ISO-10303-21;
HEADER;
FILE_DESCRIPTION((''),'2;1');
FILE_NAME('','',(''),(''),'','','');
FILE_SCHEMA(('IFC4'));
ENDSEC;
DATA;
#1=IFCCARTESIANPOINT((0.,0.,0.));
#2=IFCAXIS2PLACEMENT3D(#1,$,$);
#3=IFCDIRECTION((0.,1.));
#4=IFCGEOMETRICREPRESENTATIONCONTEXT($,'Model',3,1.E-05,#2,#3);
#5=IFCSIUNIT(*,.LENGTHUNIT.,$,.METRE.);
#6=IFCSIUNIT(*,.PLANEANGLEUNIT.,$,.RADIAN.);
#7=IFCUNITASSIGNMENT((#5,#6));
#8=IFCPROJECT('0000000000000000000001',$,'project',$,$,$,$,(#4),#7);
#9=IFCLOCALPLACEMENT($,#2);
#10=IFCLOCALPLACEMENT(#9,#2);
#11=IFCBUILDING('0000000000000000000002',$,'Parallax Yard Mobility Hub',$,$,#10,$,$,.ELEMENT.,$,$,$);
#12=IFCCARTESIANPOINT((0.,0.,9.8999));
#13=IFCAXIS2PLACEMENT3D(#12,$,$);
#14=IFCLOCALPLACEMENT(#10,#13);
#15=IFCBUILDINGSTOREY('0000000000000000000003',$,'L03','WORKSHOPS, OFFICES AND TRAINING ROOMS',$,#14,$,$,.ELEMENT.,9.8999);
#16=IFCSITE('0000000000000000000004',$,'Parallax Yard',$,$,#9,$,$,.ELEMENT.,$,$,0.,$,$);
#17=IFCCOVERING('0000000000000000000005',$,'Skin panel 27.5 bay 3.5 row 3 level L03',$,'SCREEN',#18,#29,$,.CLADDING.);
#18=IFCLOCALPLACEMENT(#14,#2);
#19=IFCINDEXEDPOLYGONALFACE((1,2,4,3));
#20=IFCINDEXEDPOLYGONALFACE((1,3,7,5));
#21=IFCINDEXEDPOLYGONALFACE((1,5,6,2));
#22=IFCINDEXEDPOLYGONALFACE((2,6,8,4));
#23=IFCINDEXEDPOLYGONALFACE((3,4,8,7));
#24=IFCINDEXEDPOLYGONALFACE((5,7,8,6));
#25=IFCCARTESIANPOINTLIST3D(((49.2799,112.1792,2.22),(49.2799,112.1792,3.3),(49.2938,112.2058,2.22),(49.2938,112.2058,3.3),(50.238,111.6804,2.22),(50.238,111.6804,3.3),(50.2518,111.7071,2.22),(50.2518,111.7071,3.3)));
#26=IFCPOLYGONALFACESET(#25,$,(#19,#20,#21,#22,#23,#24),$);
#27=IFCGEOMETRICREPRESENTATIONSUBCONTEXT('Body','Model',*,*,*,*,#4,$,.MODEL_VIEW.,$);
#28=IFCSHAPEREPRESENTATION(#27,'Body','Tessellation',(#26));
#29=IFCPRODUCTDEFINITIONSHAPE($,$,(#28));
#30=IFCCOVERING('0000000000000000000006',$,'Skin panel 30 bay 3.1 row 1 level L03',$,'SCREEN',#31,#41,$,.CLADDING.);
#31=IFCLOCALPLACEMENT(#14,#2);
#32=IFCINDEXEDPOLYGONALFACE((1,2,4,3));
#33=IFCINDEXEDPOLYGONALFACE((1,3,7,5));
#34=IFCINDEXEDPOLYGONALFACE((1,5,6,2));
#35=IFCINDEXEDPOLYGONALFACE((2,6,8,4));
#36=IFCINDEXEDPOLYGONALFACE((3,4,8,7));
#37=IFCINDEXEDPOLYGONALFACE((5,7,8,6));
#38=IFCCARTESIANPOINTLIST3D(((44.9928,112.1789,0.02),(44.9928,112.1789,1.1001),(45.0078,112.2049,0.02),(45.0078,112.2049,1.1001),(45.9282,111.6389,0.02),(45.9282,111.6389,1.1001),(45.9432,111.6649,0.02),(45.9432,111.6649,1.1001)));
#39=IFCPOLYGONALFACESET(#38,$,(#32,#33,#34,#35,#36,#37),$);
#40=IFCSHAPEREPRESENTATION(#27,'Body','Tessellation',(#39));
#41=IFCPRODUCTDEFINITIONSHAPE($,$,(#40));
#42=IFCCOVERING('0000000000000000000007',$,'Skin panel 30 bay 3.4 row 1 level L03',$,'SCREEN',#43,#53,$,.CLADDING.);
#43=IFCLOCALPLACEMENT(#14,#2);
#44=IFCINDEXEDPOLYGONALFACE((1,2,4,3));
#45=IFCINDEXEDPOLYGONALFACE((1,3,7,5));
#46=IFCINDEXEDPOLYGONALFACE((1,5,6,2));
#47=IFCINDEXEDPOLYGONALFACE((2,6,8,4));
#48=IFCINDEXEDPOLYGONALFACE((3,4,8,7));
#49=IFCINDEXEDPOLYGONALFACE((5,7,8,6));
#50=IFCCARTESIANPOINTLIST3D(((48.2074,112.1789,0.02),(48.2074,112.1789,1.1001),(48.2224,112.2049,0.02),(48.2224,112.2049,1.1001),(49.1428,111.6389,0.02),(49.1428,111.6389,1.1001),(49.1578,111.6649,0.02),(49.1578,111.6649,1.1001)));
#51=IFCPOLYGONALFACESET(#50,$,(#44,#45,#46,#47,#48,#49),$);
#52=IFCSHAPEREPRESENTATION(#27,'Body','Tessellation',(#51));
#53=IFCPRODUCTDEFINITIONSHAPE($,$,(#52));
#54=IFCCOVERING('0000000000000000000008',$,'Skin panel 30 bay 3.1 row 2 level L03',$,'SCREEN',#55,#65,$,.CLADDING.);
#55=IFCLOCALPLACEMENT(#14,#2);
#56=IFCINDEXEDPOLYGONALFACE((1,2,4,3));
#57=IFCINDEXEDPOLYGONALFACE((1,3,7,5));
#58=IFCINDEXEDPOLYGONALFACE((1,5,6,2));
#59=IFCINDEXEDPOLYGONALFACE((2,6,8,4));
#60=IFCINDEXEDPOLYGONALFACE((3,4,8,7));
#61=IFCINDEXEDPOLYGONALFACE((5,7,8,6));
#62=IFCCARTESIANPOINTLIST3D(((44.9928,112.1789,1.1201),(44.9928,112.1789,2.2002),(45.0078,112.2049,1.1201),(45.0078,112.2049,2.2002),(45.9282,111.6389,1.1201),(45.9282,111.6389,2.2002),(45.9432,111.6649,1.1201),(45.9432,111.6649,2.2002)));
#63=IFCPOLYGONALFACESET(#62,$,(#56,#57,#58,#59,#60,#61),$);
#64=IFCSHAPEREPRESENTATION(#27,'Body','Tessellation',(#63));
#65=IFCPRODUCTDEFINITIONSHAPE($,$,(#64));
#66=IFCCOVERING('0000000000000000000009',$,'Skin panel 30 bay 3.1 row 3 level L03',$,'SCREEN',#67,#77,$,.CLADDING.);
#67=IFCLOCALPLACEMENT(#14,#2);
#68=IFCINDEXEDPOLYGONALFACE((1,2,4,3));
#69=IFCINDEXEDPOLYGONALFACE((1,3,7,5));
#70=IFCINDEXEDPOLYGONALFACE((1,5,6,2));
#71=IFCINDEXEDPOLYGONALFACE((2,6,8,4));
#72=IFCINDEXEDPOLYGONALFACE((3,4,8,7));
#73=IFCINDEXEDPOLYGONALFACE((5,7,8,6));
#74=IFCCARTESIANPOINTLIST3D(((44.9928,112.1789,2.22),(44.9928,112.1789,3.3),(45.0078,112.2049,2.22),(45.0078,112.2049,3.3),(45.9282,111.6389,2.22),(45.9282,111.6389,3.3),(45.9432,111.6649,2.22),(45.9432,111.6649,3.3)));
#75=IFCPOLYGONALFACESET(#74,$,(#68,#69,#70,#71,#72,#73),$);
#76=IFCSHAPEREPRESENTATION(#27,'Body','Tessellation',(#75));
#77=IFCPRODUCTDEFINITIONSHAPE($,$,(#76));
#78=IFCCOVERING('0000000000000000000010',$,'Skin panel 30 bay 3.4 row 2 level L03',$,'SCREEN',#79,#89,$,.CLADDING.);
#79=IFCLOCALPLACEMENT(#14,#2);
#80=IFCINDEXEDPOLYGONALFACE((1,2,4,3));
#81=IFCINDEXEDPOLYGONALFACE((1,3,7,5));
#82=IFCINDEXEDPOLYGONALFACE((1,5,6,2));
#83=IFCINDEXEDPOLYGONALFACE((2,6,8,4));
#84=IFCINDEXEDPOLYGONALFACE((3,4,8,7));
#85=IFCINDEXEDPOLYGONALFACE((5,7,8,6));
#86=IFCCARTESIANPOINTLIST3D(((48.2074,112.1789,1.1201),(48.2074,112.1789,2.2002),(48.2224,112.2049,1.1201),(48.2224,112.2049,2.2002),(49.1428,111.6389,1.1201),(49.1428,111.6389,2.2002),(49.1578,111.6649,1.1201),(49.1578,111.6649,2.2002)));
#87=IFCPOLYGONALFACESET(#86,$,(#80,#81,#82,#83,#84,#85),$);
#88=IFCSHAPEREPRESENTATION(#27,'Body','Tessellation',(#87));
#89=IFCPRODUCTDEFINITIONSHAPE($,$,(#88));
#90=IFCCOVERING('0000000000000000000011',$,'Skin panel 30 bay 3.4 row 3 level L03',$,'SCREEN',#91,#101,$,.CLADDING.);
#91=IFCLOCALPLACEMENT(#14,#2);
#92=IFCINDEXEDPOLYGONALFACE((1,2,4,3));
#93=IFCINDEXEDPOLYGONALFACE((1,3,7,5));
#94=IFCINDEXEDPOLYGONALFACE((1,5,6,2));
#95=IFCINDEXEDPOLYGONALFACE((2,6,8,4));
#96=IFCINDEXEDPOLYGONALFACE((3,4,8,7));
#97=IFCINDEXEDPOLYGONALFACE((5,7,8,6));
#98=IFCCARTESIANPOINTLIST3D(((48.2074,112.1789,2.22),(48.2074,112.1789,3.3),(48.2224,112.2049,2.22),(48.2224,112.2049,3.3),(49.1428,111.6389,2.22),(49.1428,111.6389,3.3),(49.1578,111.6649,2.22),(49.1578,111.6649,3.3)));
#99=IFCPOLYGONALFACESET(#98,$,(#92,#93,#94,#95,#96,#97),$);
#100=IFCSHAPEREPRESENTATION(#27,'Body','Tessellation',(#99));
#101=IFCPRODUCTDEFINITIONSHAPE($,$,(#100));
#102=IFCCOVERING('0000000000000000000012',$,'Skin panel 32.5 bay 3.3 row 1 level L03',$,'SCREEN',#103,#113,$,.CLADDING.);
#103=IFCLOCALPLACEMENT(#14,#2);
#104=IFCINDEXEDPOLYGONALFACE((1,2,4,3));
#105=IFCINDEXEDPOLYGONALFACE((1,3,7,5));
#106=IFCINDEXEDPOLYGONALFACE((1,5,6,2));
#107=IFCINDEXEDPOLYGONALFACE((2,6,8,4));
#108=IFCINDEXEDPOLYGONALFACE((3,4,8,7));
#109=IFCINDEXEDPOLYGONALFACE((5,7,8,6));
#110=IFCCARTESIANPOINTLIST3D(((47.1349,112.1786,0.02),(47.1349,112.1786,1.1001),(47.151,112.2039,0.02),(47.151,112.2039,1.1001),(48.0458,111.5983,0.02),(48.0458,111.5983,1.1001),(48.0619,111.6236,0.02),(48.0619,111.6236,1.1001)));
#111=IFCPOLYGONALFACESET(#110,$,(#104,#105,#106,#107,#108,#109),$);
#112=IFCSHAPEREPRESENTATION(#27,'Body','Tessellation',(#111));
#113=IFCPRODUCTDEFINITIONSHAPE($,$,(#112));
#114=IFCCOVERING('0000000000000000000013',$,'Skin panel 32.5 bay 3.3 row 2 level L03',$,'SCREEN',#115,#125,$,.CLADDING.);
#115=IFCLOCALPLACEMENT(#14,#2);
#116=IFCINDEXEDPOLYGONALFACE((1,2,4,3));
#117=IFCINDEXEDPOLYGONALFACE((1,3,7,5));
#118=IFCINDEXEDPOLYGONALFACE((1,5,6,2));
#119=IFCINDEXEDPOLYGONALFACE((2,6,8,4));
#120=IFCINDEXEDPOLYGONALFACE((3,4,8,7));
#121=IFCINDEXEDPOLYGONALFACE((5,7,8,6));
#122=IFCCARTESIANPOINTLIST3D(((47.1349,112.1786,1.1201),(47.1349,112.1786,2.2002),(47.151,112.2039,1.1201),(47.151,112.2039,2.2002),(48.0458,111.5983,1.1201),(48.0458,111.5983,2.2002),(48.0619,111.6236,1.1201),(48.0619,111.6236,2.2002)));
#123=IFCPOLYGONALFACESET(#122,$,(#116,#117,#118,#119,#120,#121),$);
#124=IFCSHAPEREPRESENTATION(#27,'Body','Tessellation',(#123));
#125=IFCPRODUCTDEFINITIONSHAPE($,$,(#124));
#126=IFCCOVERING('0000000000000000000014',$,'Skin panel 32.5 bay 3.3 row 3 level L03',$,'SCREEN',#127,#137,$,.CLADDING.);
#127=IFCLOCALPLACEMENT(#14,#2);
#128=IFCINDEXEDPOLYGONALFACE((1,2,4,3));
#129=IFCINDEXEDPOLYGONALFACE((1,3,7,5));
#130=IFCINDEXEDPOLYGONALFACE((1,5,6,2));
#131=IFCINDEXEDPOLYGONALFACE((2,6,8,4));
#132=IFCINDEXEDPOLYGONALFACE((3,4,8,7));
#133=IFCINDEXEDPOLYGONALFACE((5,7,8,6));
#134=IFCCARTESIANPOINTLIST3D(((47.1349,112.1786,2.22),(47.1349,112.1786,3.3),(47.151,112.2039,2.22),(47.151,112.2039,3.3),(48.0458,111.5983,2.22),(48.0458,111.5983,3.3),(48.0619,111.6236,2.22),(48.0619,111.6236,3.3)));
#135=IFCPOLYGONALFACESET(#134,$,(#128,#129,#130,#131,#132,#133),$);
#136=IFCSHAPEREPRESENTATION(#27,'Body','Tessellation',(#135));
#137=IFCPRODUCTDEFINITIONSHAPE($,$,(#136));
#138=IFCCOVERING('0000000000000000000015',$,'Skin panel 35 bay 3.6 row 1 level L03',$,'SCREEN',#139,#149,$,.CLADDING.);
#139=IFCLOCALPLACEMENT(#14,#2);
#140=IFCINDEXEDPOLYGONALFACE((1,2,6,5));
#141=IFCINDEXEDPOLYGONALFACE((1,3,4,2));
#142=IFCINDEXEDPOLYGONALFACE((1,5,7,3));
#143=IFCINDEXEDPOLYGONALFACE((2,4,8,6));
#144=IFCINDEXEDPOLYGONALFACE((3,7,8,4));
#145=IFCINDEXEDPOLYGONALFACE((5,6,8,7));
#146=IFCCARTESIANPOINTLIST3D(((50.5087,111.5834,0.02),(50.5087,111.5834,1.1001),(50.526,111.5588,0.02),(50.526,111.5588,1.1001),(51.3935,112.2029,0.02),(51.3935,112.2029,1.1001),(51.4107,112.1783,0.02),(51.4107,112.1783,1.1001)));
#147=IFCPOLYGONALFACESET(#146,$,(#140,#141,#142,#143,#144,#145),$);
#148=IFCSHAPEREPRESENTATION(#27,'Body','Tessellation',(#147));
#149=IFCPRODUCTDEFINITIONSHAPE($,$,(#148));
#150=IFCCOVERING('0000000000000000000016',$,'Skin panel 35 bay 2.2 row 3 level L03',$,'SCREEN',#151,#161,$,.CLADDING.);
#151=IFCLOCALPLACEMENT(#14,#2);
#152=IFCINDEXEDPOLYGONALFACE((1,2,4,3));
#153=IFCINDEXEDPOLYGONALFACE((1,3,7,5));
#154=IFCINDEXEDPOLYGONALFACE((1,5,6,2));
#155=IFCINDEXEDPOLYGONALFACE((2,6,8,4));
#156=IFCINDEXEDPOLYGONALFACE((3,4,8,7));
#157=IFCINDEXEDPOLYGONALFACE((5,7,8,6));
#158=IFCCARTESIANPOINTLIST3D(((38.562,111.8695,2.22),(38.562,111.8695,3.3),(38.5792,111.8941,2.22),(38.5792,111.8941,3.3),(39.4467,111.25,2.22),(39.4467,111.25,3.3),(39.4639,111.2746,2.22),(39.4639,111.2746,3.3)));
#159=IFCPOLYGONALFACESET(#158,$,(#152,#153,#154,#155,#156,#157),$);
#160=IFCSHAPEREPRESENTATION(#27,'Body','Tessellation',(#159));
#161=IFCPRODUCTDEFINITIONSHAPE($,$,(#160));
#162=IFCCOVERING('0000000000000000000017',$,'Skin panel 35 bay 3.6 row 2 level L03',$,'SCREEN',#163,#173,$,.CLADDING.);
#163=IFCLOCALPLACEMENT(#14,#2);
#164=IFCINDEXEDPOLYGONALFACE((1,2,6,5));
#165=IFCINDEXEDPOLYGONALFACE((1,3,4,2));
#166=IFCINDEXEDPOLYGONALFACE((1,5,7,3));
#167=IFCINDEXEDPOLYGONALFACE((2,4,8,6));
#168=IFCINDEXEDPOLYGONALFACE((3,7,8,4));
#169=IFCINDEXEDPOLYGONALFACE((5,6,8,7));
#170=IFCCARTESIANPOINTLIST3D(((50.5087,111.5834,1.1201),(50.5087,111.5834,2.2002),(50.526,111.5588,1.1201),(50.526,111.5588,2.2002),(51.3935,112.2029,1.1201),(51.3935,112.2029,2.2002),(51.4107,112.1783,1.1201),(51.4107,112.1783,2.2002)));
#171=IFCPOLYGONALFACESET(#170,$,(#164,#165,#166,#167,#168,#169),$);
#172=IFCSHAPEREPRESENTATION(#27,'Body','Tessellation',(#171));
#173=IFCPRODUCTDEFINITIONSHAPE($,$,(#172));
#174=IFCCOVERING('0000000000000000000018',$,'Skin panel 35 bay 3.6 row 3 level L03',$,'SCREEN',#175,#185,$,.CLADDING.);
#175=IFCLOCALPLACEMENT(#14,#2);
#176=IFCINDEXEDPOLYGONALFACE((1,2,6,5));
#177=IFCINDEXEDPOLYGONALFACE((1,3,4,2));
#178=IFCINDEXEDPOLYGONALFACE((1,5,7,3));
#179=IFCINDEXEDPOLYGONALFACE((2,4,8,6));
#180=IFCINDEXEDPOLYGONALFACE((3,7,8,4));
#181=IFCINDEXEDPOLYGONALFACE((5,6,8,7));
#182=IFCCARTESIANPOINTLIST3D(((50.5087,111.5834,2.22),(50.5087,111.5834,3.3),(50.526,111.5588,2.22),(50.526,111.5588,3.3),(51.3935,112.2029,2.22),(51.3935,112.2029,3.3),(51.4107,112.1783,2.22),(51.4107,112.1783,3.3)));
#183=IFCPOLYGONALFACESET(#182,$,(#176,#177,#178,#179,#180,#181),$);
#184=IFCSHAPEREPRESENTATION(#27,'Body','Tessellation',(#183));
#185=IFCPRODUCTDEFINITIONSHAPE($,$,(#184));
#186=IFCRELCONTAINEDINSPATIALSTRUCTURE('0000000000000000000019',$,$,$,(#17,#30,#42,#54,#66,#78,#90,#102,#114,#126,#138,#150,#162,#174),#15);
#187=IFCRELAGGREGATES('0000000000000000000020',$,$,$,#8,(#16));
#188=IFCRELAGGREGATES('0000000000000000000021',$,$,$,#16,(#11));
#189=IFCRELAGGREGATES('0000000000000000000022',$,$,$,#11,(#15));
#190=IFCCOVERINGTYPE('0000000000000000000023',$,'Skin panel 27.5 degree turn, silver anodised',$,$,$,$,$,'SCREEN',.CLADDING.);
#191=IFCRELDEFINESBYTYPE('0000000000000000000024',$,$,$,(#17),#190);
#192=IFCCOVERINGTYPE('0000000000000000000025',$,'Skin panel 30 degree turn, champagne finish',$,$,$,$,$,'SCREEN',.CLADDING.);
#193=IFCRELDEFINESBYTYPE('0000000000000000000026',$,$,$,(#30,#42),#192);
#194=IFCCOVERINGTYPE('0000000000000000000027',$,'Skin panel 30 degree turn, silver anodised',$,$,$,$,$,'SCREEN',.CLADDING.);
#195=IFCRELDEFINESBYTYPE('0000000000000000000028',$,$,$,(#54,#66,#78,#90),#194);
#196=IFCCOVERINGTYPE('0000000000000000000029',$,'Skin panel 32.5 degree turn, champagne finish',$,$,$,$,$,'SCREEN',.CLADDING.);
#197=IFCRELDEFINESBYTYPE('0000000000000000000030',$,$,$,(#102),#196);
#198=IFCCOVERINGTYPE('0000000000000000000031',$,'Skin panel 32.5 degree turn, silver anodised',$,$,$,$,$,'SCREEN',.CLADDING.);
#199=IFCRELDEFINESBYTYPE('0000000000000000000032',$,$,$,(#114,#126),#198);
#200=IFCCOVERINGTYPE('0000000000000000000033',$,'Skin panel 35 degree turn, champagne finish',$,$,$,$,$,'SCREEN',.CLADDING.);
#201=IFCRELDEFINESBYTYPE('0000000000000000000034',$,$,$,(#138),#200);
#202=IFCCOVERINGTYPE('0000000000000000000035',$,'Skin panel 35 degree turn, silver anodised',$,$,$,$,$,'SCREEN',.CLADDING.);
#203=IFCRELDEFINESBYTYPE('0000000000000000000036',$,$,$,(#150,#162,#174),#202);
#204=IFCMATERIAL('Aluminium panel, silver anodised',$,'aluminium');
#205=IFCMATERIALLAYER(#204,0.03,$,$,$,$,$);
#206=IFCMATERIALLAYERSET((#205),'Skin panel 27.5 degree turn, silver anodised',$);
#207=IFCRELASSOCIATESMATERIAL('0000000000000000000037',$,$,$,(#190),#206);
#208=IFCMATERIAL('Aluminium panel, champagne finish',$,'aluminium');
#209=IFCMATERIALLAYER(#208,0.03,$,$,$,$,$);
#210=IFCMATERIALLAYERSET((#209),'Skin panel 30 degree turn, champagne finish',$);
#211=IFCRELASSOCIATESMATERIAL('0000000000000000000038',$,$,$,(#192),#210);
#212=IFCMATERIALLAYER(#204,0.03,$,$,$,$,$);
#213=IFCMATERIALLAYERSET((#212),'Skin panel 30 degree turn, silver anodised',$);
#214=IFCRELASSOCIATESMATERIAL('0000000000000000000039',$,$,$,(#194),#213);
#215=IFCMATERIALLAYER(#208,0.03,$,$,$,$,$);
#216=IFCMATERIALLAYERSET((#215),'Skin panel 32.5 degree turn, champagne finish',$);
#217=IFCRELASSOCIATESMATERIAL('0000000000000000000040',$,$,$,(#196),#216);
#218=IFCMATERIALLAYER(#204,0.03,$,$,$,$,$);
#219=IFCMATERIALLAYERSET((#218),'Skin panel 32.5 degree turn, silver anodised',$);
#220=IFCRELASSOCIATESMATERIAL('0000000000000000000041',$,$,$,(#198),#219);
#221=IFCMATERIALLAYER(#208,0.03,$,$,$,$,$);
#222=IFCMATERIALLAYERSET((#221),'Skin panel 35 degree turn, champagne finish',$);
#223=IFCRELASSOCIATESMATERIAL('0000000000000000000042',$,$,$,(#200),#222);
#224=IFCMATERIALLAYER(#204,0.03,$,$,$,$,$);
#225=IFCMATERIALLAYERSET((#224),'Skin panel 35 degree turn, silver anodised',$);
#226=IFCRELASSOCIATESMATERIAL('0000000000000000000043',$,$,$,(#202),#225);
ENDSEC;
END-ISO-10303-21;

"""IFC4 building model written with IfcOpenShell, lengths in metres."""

from ifc_helpers import new_model, si_unit, direction, frame, origin, origin_2d, place, context, subcontext, project, spatial, rectangle, extrude, material, layer, layer_set, type_object, element, save


model = new_model("IFC4")

# Units and contexts
model_context = context("Model", 3, precision=1e-05, world=origin(), true_north=direction((0.0, 1.0)))
body_context = subcontext(model_context, "Body", "Model", "MODEL_VIEW")
ifc_project = project(units=[si_unit("LENGTHUNIT", "METRE"), si_unit("PLANEANGLEUNIT", "RADIAN")], contexts=[model_context])

# Site, building, storey
site_placement = place(None, origin())
site = spatial("IfcSite", under=ifc_project, at=site_placement, Name="Parallax Yard", CompositionType="ELEMENT", RefElevation=0.0)
building_placement = place(site_placement, origin())
building = spatial("IfcBuilding", under=site, at=building_placement, Name="Parallax Yard Mobility Hub", CompositionType="ELEMENT")
storey_placement = place(building_placement, frame((0.0, 0.0, 9.8999)))
storey = spatial("IfcBuildingStorey", under=building, at=storey_placement, Name="L03", Description="WORKSHOPS, OFFICES AND TRAINING ROOMS", CompositionType="ELEMENT", Elevation=9.8999)

# Coverings
ifc_material_1 = material(Name="Aluminium panel, champagne finish", Category="aluminium")
ifc_material_2 = material(Name="Aluminium panel, silver anodised", Category="aluminium")
ifc_layer_1 = layer(ifc_material_2, 0.03)
ifc_layer_set_1 = layer_set([ifc_layer_1], Name="Skin panel 27.5 degree turn, silver anodised")
covering_type_1 = type_object("IfcCoveringType", Name="Skin panel 27.5 degree turn, silver anodised", ElementType="SCREEN", PredefinedType="CLADDING", material=ifc_layer_set_1)
for number, where, z_axis, x_axis, name in (
    (1, (49.7659, 111.9431, 2.22), (0.0, 0.0, 1.0), (0.887011, -0.461749, 0.0), "Skin panel 27.5 bay 3.5 row 3 level L03"),
):
    element("IfcCovering", number, at=place(storey_placement, frame(where, z_axis=z_axis, x_axis=x_axis)), inside=storey, type_object=covering_type_1, Name=name, ObjectType="SCREEN", PredefinedType="CLADDING", context=body_context, shape_type="SweptSolid", body=[
        extrude(rectangle(XDim=1.0801, YDim=0.03, at=origin_2d()), origin(), (0.0, 0.0, 1.0), 1.0801),
    ])
ifc_layer_2 = layer(ifc_material_1, 0.03)
ifc_layer_set_2 = layer_set([ifc_layer_2], Name="Skin panel 30 degree turn, champagne finish")
covering_type_2 = type_object("IfcCoveringType", Name="Skin panel 30 degree turn, champagne finish", ElementType="SCREEN", PredefinedType="CLADDING", material=ifc_layer_set_2)
for number, where, z_axis, x_axis, name in (
    (2, (45.468, 111.9219, 0.02), (0.0, 0.0, 1.0), (0.866025, -0.5, 0.0), "Skin panel 30 bay 3.1 row 1 level L03"),
    (3, (48.6826, 111.9219, 0.02), (0.0, 0.0, 1.0), (0.866025, -0.5, 0.0), "Skin panel 30 bay 3.4 row 1 level L03"),
):
    element("IfcCovering", number, at=place(storey_placement, frame(where, z_axis=z_axis, x_axis=x_axis)), inside=storey, type_object=covering_type_2, Name=name, ObjectType="SCREEN", PredefinedType="CLADDING", context=body_context, shape_type="SweptSolid", body=[
        extrude(rectangle(XDim=1.0801, YDim=0.03, at=origin_2d()), origin(), (0.0, 0.0, 1.0), 1.0801),
    ])
ifc_layer_3 = layer(ifc_material_2, 0.03)
ifc_layer_set_3 = layer_set([ifc_layer_3], Name="Skin panel 30 degree turn, silver anodised")
covering_type_3 = type_object("IfcCoveringType", Name="Skin panel 30 degree turn, silver anodised", ElementType="SCREEN", PredefinedType="CLADDING", material=ifc_layer_set_3)
for number, where, z_axis, x_axis, name in (
    (4, (45.468, 111.9219, 1.1201), (0.0, 0.0, 1.0), (0.866025, -0.5, 0.0), "Skin panel 30 bay 3.1 row 2 level L03"),
    (5, (45.468, 111.9219, 2.22), (0.0, 0.0, 1.0), (0.866025, -0.5, 0.0), "Skin panel 30 bay 3.1 row 3 level L03"),
    (6, (48.6826, 111.9219, 1.1201), (0.0, 0.0, 1.0), (0.866025, -0.5, 0.0), "Skin panel 30 bay 3.4 row 2 level L03"),
    (7, (48.6826, 111.9219, 2.22), (0.0, 0.0, 1.0), (0.866025, -0.5, 0.0), "Skin panel 30 bay 3.4 row 3 level L03"),
):
    element("IfcCovering", number, at=place(storey_placement, frame(where, z_axis=z_axis, x_axis=x_axis)), inside=storey, type_object=covering_type_3, Name=name, ObjectType="SCREEN", PredefinedType="CLADDING", context=body_context, shape_type="SweptSolid", body=[
        extrude(rectangle(XDim=1.0801, YDim=0.03, at=origin_2d()), origin(), (0.0, 0.0, 1.0), 1.0801),
    ])
ifc_layer_4 = layer(ifc_material_1, 0.03)
ifc_layer_set_4 = layer_set([ifc_layer_4], Name="Skin panel 32.5 degree turn, champagne finish")
covering_type_4 = type_object("IfcCoveringType", Name="Skin panel 32.5 degree turn, champagne finish", ElementType="SCREEN", PredefinedType="CLADDING", material=ifc_layer_set_4)
covering_1_placement = place(storey_placement, frame((47.5984, 111.9011, 0.02), z_axis=(0.0, 0.0, 1.0), x_axis=(0.843391, -0.5373, 0.0)))
element("IfcCovering", 8, at=covering_1_placement, inside=storey, type_object=covering_type_4, Name="Skin panel 32.5 bay 3.3 row 1 level L03", ObjectType="SCREEN", PredefinedType="CLADDING", context=body_context, shape_type="SweptSolid", body=[
    extrude(rectangle(XDim=1.0801, YDim=0.03, at=origin_2d()), origin(), (0.0, 0.0, 1.0), 1.0801),
])
ifc_layer_5 = layer(ifc_material_2, 0.03)
ifc_layer_set_5 = layer_set([ifc_layer_5], Name="Skin panel 32.5 degree turn, silver anodised")
covering_type_5 = type_object("IfcCoveringType", Name="Skin panel 32.5 degree turn, silver anodised", ElementType="SCREEN", PredefinedType="CLADDING", material=ifc_layer_set_5)
for number, where, z_axis, x_axis, name in (
    (9, (47.5984, 111.9011, 1.1201), (0.0, 0.0, 1.0), (0.843391, -0.5373, 0.0), "Skin panel 32.5 bay 3.3 row 2 level L03"),
    (10, (47.5984, 111.9011, 2.22), (0.0, 0.0, 1.0), (0.843391, -0.5373, 0.0), "Skin panel 32.5 bay 3.3 row 3 level L03"),
):
    element("IfcCovering", number, at=place(storey_placement, frame(where, z_axis=z_axis, x_axis=x_axis)), inside=storey, type_object=covering_type_5, Name=name, ObjectType="SCREEN", PredefinedType="CLADDING", context=body_context, shape_type="SweptSolid", body=[
        extrude(rectangle(XDim=1.0801, YDim=0.03, at=origin_2d()), origin(), (0.0, 0.0, 1.0), 1.0801),
    ])
ifc_layer_6 = layer(ifc_material_1, 0.03)
ifc_layer_set_6 = layer_set([ifc_layer_6], Name="Skin panel 35 degree turn, champagne finish")
covering_type_6 = type_object("IfcCoveringType", Name="Skin panel 35 degree turn, champagne finish", ElementType="SCREEN", PredefinedType="CLADDING", material=ifc_layer_set_6)
covering_2_placement = place(storey_placement, frame((50.9597, 111.8809, 0.02), z_axis=(0.0, 0.0, 1.0), x_axis=(-0.819152, -0.573576, 0.0)))
element("IfcCovering", 11, at=covering_2_placement, inside=storey, type_object=covering_type_6, Name="Skin panel 35 bay 3.6 row 1 level L03", ObjectType="SCREEN", PredefinedType="CLADDING", context=body_context, shape_type="SweptSolid", body=[
    extrude(rectangle(XDim=1.0801, YDim=0.03, at=origin_2d()), origin(), (0.0, 0.0, 1.0), 1.0801),
])
ifc_layer_7 = layer(ifc_material_2, 0.03)
ifc_layer_set_7 = layer_set([ifc_layer_7], Name="Skin panel 35 degree turn, silver anodised")
covering_type_7 = type_object("IfcCoveringType", Name="Skin panel 35 degree turn, silver anodised", ElementType="SCREEN", PredefinedType="CLADDING", material=ifc_layer_set_7)
for number, where, z_axis, x_axis, name in (
    (12, (39.0129, 111.572, 2.22), (0.0, 0.0, 1.0), (0.819152, -0.573576, 0.0), "Skin panel 35 bay 2.2 row 3 level L03"),
    (13, (50.9597, 111.8809, 1.1201), (0.0, 0.0, 1.0), (-0.819152, -0.573576, 0.0), "Skin panel 35 bay 3.6 row 2 level L03"),
    (14, (50.9597, 111.8809, 2.22), (0.0, 0.0, 1.0), (-0.819152, -0.573576, 0.0), "Skin panel 35 bay 3.6 row 3 level L03"),
):
    element("IfcCovering", number, at=place(storey_placement, frame(where, z_axis=z_axis, x_axis=x_axis)), inside=storey, type_object=covering_type_7, Name=name, ObjectType="SCREEN", PredefinedType="CLADDING", context=body_context, shape_type="SweptSolid", body=[
        extrude(rectangle(XDim=1.0801, YDim=0.03, at=origin_2d()), origin(), (0.0, 0.0, 1.0), 1.0801),
    ])

save(model, "model.ifc")
